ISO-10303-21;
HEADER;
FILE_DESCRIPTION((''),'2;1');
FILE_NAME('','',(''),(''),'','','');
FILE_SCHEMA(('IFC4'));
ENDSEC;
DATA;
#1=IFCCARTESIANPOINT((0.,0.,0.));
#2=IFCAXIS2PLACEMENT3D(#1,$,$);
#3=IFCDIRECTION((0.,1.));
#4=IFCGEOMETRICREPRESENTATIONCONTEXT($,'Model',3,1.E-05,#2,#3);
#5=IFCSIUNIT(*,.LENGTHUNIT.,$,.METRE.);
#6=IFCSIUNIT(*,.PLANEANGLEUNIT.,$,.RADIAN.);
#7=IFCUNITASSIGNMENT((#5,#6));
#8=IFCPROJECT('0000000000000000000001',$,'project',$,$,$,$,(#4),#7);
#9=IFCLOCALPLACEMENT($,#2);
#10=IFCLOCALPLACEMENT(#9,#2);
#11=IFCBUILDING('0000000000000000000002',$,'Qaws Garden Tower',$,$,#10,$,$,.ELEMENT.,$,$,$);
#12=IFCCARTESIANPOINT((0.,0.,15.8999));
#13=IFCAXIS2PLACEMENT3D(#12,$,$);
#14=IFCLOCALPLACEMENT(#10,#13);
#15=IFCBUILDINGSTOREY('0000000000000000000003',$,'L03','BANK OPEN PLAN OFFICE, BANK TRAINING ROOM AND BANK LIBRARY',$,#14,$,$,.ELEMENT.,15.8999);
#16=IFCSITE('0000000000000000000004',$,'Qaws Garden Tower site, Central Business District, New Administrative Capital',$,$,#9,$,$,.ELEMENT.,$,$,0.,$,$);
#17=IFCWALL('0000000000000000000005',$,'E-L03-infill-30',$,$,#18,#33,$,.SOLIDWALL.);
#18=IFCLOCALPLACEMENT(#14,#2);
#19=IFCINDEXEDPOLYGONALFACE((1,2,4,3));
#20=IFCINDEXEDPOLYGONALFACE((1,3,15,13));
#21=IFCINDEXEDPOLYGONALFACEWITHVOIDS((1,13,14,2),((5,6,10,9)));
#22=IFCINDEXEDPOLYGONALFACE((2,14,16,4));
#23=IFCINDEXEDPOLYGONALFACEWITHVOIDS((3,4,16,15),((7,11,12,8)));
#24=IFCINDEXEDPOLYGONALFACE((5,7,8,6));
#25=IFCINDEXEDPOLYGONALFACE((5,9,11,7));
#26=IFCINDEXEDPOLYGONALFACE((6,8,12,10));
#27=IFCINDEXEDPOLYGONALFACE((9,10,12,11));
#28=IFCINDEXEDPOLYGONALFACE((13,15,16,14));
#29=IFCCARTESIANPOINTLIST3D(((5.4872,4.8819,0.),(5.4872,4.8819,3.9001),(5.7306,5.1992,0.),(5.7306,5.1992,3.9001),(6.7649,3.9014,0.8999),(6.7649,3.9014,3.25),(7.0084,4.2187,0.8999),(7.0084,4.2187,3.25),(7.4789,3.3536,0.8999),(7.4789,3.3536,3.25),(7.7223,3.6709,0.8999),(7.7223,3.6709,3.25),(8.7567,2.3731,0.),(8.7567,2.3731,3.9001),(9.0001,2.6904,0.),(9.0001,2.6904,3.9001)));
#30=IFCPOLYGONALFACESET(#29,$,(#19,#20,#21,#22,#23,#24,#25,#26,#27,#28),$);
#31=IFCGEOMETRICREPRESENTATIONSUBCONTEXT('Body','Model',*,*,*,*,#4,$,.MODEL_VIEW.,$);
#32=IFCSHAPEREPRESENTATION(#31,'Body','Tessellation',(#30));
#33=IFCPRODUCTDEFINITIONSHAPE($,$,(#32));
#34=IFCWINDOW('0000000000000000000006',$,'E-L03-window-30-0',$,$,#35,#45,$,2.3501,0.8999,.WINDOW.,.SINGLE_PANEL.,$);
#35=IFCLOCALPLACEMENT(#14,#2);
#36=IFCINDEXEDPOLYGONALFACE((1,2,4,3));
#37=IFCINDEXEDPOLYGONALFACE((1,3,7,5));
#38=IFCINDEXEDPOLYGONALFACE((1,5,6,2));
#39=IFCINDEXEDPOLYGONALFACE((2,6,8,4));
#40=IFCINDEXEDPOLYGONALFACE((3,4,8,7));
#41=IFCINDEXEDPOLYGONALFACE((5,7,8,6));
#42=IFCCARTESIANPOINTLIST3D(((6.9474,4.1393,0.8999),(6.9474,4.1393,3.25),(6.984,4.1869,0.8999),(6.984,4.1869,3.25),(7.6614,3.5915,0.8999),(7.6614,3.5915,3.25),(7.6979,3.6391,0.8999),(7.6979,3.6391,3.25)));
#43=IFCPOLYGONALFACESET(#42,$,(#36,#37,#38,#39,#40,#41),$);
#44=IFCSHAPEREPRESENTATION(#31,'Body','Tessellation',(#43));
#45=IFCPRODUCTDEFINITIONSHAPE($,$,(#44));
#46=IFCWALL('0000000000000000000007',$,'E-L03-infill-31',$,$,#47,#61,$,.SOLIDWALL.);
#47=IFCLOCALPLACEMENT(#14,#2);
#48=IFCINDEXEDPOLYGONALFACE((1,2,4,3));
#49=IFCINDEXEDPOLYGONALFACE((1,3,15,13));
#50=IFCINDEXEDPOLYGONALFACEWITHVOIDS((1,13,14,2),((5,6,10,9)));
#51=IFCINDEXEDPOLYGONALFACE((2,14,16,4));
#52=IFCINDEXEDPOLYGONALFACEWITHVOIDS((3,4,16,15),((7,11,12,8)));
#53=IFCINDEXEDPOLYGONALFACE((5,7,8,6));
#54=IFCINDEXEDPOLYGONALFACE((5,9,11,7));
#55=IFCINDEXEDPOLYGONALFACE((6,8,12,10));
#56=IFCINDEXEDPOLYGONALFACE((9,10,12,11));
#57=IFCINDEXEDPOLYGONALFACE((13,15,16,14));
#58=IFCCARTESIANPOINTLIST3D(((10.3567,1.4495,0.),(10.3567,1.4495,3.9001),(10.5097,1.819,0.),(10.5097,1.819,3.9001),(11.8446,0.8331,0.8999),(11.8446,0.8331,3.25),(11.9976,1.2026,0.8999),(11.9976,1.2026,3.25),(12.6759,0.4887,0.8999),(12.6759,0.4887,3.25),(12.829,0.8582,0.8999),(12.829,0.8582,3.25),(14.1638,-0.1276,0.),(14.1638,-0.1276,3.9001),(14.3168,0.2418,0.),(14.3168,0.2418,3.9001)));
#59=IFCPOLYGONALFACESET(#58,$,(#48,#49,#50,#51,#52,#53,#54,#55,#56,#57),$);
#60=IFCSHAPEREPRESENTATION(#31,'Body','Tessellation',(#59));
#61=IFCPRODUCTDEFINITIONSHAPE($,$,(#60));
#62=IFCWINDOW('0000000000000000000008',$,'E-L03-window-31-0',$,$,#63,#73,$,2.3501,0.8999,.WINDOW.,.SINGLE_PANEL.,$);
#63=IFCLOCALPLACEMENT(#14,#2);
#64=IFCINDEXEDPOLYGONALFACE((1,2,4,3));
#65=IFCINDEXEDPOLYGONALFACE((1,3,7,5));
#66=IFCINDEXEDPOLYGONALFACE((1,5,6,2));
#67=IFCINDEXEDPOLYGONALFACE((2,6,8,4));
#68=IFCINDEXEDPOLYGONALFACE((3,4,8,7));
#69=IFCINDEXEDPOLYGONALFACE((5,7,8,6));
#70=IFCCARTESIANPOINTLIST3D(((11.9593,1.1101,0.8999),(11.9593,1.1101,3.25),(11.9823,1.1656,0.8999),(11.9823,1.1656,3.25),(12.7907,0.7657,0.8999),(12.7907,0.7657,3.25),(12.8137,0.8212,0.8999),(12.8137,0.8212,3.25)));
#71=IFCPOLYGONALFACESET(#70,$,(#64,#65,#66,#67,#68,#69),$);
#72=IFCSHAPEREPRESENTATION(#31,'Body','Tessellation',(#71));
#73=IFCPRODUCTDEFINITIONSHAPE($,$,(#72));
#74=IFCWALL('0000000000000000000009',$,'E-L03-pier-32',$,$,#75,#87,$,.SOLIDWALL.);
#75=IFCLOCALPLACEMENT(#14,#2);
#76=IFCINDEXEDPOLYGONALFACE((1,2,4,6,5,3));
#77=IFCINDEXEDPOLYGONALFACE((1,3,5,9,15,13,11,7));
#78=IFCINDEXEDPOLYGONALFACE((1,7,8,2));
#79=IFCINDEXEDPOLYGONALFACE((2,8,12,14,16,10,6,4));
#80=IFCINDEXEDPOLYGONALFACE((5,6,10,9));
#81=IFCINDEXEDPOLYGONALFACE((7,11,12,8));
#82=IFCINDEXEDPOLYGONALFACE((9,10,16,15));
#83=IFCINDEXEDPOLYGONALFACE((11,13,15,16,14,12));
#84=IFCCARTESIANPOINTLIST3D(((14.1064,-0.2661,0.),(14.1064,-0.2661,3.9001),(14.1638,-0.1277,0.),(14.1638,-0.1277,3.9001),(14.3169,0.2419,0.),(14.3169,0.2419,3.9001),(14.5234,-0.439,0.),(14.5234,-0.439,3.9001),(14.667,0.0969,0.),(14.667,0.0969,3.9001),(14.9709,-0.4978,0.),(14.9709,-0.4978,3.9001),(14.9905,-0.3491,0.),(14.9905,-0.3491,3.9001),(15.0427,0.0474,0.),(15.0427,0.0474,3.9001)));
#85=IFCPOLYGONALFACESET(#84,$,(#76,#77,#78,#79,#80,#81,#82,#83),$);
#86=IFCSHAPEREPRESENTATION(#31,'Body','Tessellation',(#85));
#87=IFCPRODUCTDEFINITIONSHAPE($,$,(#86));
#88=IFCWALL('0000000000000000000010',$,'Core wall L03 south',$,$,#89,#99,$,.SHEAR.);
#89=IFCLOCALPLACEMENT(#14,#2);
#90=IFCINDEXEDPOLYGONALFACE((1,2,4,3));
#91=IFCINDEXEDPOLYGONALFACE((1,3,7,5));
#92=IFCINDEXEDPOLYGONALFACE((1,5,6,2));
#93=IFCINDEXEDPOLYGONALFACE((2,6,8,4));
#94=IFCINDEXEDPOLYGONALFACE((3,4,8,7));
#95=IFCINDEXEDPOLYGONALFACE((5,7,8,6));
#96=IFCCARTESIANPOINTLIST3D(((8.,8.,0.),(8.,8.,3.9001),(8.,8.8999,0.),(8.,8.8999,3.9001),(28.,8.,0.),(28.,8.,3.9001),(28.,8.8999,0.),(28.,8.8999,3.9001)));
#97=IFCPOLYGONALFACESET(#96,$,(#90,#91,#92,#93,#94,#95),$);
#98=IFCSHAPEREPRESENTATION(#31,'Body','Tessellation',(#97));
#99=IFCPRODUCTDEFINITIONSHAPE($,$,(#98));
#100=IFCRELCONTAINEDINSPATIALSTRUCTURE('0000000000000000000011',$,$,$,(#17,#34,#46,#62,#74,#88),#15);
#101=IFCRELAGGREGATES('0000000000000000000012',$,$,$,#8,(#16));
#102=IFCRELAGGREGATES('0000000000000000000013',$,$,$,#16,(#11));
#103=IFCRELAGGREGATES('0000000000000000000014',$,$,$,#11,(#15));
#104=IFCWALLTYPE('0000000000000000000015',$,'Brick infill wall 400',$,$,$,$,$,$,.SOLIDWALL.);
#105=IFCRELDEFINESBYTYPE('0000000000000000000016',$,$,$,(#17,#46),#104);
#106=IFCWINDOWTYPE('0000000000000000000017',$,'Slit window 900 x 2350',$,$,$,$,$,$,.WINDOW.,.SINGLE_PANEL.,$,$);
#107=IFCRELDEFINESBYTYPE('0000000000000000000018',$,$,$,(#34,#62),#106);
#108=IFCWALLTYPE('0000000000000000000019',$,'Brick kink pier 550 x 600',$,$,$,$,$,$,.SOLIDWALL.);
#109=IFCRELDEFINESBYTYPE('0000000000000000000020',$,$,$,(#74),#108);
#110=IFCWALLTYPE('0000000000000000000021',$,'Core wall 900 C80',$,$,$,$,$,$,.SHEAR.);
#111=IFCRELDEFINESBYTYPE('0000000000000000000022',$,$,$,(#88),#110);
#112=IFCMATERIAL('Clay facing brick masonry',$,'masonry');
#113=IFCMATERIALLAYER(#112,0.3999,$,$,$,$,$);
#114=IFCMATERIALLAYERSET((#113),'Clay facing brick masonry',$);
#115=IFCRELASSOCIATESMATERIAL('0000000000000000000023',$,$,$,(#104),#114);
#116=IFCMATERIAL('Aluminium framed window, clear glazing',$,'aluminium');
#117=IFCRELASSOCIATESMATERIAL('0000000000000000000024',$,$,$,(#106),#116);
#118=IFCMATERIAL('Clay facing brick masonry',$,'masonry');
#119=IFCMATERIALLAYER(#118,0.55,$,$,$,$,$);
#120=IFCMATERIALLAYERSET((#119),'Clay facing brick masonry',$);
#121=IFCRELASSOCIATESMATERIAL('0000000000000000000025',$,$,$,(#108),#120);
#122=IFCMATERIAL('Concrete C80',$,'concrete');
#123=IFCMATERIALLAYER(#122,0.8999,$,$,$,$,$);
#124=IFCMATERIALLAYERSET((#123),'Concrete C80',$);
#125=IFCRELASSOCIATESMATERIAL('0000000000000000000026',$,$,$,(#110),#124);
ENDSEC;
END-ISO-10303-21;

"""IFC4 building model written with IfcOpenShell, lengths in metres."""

from ifc_helpers import new_model, si_unit, direction, frame, frame_2d, origin, place, context, subcontext, project, spatial, polyline, rectangle, outline, extrude, material, layer, layer_set, type_object, element, fill, save


model = new_model("IFC4")

# Units and contexts
model_context = context("Model", 3, precision=1e-05, world=origin(), true_north=direction((0.0, 1.0)))
body_context = subcontext(model_context, "Body", "Model", "MODEL_VIEW")
ifc_project = project(units=[si_unit("LENGTHUNIT", "METRE"), si_unit("PLANEANGLEUNIT", "RADIAN")], contexts=[model_context])

# Site, building, storey
site_placement = place(None, origin())
site = spatial("IfcSite", under=ifc_project, at=site_placement, Name="Qaws Garden Tower site, Central Business District, New Administrative Capital", CompositionType="ELEMENT", RefElevation=0.0)
building_placement = place(site_placement, origin())
building = spatial("IfcBuilding", under=site, at=building_placement, Name="Qaws Garden Tower", CompositionType="ELEMENT")
storey_placement = place(building_placement, frame((0.0, 0.0, 15.8999)))
storey = spatial("IfcBuildingStorey", under=building, at=storey_placement, Name="L03", Description="BANK OPEN PLAN OFFICE, BANK TRAINING ROOM AND BANK LIBRARY", CompositionType="ELEMENT", Elevation=15.8999)

# Shared definitions
placement_1 = place(storey_placement, origin())

# Walls, openings, windows
ifc_material_1 = material(Name="Clay facing brick masonry", Category="masonry")
ifc_layer_1 = layer(ifc_material_1, 0.3999)
ifc_layer_set_1 = layer_set([ifc_layer_1], Name="Clay facing brick masonry")
wall_type_1 = type_object("IfcWallType", Name="Brick infill wall 400", PredefinedType="SOLIDWALL", material=ifc_layer_set_1)
ifc_material_2 = material(Name="Aluminium framed window, clear glazing", Category="aluminium")
window_type = type_object("IfcWindowType", Name="Slit window 900 x 2350", PartitioningType="SINGLE_PANEL", PredefinedType="WINDOW", material=ifc_material_2)
wall_1_placement = place(storey_placement, frame((5.6089, 5.0405, 0.0), z_axis=(0.0, 0.0, 1.0), x_axis=(0.793355, -0.60876, 0.0)))
wall_1 = element("IfcWall", 1, at=wall_1_placement, inside=storey, type_object=wall_type_1, Name="E-L03-infill-30", PredefinedType="SOLIDWALL", context=body_context, shape_type="SweptSolid", body=[
    extrude(rectangle(XDim=4.1211, YDim=0.3999, at=frame_2d((2.0605, 0.0))), origin(), (0.0, 0.0, 1.0), 3.9001),
])
opening_1_placement = place(wall_1_placement, frame((1.6106, 0.0, 0.8999)))
opening_1 = element("IfcOpeningElement", 2, at=opening_1_placement, cuts=wall_1, PredefinedType="OPENING", context=body_context, shape_type="SweptSolid", body=[
    extrude(rectangle(XDim=0.8999, YDim=2.3501, at=frame_2d((0.45, 1.175))), frame((0.0, 0.21, 0.0), z_axis=(0.0, -1.0, 0.0), x_axis=(1.0, 0.0, 0.0)), (0.0, 0.0, 1.0), 0.4199),
])
window_1_placement = place(opening_1_placement, origin())
window_1 = element("IfcWindow", 3, at=window_1_placement, inside=storey, type_object=window_type, Name="E-L03-window-30-0", OverallHeight=2.3501, OverallWidth=0.8999, PartitioningType="SINGLE_PANEL", PredefinedType="WINDOW", context=body_context, shape_type="SweptSolid", body=[
    extrude(rectangle(XDim=0.8999, YDim=2.3501, at=frame_2d((0.45, 1.175))), frame((0.0, 0.1599, 0.0), z_axis=(0.0, -1.0, 0.0), x_axis=(1.0, 0.0, 0.0)), (0.0, 0.0, 1.0), 0.0601),
])
fill(opening_1, window_1)
wall_2_placement = place(storey_placement, frame((10.4331, 1.6343, 0.0), z_axis=(0.0, 0.0, 1.0), x_axis=(0.923864, -0.382722, 0.0)))
wall_2 = element("IfcWall", 4, at=wall_2_placement, inside=storey, type_object=wall_type_1, Name="E-L03-infill-31", PredefinedType="SOLIDWALL", context=body_context, shape_type="SweptSolid", body=[
    extrude(rectangle(XDim=4.1208, YDim=0.3999, at=frame_2d((2.0605, 0.0))), origin(), (0.0, 0.0, 1.0), 3.9001),
])
opening_2_placement = place(wall_2_placement, frame((1.6106, 0.0, 0.8999)))
opening_2 = element("IfcOpeningElement", 5, at=opening_2_placement, cuts=wall_2, PredefinedType="OPENING", context=body_context, shape_type="SweptSolid", body=[
    extrude(rectangle(XDim=0.8999, YDim=2.3501, at=frame_2d((0.45, 1.175))), frame((0.0, 0.21, 0.0), z_axis=(0.0, -1.0, 0.0), x_axis=(1.0, 0.0, 0.0)), (0.0, 0.0, 1.0), 0.4199),
])
window_2_placement = place(opening_2_placement, origin())
window_2 = element("IfcWindow", 6, at=window_2_placement, inside=storey, type_object=window_type, Name="E-L03-window-31-0", OverallHeight=2.3501, OverallWidth=0.8999, PartitioningType="SINGLE_PANEL", PredefinedType="WINDOW", context=body_context, shape_type="SweptSolid", body=[
    extrude(rectangle(XDim=0.8999, YDim=2.3501, at=frame_2d((0.45, 1.175))), frame((0.0, 0.1599, 0.0), z_axis=(0.0, -1.0, 0.0), x_axis=(1.0, 0.0, 0.0)), (0.0, 0.0, 1.0), 0.0601),
])
fill(opening_2, window_2)

# Walls
ifc_material_3 = material(Name="Clay facing brick masonry", Category="masonry")
ifc_layer_2 = layer(ifc_material_3, 0.55)
ifc_layer_set_2 = layer_set([ifc_layer_2], Name="Clay facing brick masonry")
wall_type_2 = type_object("IfcWallType", Name="Brick kink pier 550 x 600", PredefinedType="SOLIDWALL", material=ifc_layer_set_2)
element("IfcWall", 7, at=placement_1, inside=storey, type_object=wall_type_2, Name="E-L03-pier-32", PredefinedType="SOLIDWALL", context=body_context, shape_type="SweptSolid", body=[
    extrude(outline(polyline([(14.1638, -0.1277), (14.1064, -0.2661), (14.5234, -0.439), (14.9709, -0.4978), (14.9905, -0.3491), (15.0427, 0.0474), (14.667, 0.0969), (14.3169, 0.2419), (14.1638, -0.1277)])), origin(), (0.0, 0.0, 1.0), 3.9001),
])
ifc_material_4 = material(Name="Concrete C80", Category="concrete")
ifc_layer_3 = layer(ifc_material_4, 0.8999)
ifc_layer_set_3 = layer_set([ifc_layer_3], Name="Concrete C80")
wall_type_3 = type_object("IfcWallType", Name="Core wall 900 C80", PredefinedType="SHEAR", material=ifc_layer_set_3)
wall_3_placement = place(storey_placement, frame((8.0, 8.45, 0.0), z_axis=(0.0, 0.0, 1.0), x_axis=(1.0, 0.0, 0.0)))
element("IfcWall", 8, at=wall_3_placement, inside=storey, type_object=wall_type_3, Name="Core wall L03 south", PredefinedType="SHEAR", context=body_context, shape_type="SweptSolid", body=[
    extrude(rectangle(XDim=20.0, YDim=0.8999, at=frame_2d((10.0, 0.0))), origin(), (0.0, 0.0, 1.0), 3.9001),
])

save(model, "model.ifc")
